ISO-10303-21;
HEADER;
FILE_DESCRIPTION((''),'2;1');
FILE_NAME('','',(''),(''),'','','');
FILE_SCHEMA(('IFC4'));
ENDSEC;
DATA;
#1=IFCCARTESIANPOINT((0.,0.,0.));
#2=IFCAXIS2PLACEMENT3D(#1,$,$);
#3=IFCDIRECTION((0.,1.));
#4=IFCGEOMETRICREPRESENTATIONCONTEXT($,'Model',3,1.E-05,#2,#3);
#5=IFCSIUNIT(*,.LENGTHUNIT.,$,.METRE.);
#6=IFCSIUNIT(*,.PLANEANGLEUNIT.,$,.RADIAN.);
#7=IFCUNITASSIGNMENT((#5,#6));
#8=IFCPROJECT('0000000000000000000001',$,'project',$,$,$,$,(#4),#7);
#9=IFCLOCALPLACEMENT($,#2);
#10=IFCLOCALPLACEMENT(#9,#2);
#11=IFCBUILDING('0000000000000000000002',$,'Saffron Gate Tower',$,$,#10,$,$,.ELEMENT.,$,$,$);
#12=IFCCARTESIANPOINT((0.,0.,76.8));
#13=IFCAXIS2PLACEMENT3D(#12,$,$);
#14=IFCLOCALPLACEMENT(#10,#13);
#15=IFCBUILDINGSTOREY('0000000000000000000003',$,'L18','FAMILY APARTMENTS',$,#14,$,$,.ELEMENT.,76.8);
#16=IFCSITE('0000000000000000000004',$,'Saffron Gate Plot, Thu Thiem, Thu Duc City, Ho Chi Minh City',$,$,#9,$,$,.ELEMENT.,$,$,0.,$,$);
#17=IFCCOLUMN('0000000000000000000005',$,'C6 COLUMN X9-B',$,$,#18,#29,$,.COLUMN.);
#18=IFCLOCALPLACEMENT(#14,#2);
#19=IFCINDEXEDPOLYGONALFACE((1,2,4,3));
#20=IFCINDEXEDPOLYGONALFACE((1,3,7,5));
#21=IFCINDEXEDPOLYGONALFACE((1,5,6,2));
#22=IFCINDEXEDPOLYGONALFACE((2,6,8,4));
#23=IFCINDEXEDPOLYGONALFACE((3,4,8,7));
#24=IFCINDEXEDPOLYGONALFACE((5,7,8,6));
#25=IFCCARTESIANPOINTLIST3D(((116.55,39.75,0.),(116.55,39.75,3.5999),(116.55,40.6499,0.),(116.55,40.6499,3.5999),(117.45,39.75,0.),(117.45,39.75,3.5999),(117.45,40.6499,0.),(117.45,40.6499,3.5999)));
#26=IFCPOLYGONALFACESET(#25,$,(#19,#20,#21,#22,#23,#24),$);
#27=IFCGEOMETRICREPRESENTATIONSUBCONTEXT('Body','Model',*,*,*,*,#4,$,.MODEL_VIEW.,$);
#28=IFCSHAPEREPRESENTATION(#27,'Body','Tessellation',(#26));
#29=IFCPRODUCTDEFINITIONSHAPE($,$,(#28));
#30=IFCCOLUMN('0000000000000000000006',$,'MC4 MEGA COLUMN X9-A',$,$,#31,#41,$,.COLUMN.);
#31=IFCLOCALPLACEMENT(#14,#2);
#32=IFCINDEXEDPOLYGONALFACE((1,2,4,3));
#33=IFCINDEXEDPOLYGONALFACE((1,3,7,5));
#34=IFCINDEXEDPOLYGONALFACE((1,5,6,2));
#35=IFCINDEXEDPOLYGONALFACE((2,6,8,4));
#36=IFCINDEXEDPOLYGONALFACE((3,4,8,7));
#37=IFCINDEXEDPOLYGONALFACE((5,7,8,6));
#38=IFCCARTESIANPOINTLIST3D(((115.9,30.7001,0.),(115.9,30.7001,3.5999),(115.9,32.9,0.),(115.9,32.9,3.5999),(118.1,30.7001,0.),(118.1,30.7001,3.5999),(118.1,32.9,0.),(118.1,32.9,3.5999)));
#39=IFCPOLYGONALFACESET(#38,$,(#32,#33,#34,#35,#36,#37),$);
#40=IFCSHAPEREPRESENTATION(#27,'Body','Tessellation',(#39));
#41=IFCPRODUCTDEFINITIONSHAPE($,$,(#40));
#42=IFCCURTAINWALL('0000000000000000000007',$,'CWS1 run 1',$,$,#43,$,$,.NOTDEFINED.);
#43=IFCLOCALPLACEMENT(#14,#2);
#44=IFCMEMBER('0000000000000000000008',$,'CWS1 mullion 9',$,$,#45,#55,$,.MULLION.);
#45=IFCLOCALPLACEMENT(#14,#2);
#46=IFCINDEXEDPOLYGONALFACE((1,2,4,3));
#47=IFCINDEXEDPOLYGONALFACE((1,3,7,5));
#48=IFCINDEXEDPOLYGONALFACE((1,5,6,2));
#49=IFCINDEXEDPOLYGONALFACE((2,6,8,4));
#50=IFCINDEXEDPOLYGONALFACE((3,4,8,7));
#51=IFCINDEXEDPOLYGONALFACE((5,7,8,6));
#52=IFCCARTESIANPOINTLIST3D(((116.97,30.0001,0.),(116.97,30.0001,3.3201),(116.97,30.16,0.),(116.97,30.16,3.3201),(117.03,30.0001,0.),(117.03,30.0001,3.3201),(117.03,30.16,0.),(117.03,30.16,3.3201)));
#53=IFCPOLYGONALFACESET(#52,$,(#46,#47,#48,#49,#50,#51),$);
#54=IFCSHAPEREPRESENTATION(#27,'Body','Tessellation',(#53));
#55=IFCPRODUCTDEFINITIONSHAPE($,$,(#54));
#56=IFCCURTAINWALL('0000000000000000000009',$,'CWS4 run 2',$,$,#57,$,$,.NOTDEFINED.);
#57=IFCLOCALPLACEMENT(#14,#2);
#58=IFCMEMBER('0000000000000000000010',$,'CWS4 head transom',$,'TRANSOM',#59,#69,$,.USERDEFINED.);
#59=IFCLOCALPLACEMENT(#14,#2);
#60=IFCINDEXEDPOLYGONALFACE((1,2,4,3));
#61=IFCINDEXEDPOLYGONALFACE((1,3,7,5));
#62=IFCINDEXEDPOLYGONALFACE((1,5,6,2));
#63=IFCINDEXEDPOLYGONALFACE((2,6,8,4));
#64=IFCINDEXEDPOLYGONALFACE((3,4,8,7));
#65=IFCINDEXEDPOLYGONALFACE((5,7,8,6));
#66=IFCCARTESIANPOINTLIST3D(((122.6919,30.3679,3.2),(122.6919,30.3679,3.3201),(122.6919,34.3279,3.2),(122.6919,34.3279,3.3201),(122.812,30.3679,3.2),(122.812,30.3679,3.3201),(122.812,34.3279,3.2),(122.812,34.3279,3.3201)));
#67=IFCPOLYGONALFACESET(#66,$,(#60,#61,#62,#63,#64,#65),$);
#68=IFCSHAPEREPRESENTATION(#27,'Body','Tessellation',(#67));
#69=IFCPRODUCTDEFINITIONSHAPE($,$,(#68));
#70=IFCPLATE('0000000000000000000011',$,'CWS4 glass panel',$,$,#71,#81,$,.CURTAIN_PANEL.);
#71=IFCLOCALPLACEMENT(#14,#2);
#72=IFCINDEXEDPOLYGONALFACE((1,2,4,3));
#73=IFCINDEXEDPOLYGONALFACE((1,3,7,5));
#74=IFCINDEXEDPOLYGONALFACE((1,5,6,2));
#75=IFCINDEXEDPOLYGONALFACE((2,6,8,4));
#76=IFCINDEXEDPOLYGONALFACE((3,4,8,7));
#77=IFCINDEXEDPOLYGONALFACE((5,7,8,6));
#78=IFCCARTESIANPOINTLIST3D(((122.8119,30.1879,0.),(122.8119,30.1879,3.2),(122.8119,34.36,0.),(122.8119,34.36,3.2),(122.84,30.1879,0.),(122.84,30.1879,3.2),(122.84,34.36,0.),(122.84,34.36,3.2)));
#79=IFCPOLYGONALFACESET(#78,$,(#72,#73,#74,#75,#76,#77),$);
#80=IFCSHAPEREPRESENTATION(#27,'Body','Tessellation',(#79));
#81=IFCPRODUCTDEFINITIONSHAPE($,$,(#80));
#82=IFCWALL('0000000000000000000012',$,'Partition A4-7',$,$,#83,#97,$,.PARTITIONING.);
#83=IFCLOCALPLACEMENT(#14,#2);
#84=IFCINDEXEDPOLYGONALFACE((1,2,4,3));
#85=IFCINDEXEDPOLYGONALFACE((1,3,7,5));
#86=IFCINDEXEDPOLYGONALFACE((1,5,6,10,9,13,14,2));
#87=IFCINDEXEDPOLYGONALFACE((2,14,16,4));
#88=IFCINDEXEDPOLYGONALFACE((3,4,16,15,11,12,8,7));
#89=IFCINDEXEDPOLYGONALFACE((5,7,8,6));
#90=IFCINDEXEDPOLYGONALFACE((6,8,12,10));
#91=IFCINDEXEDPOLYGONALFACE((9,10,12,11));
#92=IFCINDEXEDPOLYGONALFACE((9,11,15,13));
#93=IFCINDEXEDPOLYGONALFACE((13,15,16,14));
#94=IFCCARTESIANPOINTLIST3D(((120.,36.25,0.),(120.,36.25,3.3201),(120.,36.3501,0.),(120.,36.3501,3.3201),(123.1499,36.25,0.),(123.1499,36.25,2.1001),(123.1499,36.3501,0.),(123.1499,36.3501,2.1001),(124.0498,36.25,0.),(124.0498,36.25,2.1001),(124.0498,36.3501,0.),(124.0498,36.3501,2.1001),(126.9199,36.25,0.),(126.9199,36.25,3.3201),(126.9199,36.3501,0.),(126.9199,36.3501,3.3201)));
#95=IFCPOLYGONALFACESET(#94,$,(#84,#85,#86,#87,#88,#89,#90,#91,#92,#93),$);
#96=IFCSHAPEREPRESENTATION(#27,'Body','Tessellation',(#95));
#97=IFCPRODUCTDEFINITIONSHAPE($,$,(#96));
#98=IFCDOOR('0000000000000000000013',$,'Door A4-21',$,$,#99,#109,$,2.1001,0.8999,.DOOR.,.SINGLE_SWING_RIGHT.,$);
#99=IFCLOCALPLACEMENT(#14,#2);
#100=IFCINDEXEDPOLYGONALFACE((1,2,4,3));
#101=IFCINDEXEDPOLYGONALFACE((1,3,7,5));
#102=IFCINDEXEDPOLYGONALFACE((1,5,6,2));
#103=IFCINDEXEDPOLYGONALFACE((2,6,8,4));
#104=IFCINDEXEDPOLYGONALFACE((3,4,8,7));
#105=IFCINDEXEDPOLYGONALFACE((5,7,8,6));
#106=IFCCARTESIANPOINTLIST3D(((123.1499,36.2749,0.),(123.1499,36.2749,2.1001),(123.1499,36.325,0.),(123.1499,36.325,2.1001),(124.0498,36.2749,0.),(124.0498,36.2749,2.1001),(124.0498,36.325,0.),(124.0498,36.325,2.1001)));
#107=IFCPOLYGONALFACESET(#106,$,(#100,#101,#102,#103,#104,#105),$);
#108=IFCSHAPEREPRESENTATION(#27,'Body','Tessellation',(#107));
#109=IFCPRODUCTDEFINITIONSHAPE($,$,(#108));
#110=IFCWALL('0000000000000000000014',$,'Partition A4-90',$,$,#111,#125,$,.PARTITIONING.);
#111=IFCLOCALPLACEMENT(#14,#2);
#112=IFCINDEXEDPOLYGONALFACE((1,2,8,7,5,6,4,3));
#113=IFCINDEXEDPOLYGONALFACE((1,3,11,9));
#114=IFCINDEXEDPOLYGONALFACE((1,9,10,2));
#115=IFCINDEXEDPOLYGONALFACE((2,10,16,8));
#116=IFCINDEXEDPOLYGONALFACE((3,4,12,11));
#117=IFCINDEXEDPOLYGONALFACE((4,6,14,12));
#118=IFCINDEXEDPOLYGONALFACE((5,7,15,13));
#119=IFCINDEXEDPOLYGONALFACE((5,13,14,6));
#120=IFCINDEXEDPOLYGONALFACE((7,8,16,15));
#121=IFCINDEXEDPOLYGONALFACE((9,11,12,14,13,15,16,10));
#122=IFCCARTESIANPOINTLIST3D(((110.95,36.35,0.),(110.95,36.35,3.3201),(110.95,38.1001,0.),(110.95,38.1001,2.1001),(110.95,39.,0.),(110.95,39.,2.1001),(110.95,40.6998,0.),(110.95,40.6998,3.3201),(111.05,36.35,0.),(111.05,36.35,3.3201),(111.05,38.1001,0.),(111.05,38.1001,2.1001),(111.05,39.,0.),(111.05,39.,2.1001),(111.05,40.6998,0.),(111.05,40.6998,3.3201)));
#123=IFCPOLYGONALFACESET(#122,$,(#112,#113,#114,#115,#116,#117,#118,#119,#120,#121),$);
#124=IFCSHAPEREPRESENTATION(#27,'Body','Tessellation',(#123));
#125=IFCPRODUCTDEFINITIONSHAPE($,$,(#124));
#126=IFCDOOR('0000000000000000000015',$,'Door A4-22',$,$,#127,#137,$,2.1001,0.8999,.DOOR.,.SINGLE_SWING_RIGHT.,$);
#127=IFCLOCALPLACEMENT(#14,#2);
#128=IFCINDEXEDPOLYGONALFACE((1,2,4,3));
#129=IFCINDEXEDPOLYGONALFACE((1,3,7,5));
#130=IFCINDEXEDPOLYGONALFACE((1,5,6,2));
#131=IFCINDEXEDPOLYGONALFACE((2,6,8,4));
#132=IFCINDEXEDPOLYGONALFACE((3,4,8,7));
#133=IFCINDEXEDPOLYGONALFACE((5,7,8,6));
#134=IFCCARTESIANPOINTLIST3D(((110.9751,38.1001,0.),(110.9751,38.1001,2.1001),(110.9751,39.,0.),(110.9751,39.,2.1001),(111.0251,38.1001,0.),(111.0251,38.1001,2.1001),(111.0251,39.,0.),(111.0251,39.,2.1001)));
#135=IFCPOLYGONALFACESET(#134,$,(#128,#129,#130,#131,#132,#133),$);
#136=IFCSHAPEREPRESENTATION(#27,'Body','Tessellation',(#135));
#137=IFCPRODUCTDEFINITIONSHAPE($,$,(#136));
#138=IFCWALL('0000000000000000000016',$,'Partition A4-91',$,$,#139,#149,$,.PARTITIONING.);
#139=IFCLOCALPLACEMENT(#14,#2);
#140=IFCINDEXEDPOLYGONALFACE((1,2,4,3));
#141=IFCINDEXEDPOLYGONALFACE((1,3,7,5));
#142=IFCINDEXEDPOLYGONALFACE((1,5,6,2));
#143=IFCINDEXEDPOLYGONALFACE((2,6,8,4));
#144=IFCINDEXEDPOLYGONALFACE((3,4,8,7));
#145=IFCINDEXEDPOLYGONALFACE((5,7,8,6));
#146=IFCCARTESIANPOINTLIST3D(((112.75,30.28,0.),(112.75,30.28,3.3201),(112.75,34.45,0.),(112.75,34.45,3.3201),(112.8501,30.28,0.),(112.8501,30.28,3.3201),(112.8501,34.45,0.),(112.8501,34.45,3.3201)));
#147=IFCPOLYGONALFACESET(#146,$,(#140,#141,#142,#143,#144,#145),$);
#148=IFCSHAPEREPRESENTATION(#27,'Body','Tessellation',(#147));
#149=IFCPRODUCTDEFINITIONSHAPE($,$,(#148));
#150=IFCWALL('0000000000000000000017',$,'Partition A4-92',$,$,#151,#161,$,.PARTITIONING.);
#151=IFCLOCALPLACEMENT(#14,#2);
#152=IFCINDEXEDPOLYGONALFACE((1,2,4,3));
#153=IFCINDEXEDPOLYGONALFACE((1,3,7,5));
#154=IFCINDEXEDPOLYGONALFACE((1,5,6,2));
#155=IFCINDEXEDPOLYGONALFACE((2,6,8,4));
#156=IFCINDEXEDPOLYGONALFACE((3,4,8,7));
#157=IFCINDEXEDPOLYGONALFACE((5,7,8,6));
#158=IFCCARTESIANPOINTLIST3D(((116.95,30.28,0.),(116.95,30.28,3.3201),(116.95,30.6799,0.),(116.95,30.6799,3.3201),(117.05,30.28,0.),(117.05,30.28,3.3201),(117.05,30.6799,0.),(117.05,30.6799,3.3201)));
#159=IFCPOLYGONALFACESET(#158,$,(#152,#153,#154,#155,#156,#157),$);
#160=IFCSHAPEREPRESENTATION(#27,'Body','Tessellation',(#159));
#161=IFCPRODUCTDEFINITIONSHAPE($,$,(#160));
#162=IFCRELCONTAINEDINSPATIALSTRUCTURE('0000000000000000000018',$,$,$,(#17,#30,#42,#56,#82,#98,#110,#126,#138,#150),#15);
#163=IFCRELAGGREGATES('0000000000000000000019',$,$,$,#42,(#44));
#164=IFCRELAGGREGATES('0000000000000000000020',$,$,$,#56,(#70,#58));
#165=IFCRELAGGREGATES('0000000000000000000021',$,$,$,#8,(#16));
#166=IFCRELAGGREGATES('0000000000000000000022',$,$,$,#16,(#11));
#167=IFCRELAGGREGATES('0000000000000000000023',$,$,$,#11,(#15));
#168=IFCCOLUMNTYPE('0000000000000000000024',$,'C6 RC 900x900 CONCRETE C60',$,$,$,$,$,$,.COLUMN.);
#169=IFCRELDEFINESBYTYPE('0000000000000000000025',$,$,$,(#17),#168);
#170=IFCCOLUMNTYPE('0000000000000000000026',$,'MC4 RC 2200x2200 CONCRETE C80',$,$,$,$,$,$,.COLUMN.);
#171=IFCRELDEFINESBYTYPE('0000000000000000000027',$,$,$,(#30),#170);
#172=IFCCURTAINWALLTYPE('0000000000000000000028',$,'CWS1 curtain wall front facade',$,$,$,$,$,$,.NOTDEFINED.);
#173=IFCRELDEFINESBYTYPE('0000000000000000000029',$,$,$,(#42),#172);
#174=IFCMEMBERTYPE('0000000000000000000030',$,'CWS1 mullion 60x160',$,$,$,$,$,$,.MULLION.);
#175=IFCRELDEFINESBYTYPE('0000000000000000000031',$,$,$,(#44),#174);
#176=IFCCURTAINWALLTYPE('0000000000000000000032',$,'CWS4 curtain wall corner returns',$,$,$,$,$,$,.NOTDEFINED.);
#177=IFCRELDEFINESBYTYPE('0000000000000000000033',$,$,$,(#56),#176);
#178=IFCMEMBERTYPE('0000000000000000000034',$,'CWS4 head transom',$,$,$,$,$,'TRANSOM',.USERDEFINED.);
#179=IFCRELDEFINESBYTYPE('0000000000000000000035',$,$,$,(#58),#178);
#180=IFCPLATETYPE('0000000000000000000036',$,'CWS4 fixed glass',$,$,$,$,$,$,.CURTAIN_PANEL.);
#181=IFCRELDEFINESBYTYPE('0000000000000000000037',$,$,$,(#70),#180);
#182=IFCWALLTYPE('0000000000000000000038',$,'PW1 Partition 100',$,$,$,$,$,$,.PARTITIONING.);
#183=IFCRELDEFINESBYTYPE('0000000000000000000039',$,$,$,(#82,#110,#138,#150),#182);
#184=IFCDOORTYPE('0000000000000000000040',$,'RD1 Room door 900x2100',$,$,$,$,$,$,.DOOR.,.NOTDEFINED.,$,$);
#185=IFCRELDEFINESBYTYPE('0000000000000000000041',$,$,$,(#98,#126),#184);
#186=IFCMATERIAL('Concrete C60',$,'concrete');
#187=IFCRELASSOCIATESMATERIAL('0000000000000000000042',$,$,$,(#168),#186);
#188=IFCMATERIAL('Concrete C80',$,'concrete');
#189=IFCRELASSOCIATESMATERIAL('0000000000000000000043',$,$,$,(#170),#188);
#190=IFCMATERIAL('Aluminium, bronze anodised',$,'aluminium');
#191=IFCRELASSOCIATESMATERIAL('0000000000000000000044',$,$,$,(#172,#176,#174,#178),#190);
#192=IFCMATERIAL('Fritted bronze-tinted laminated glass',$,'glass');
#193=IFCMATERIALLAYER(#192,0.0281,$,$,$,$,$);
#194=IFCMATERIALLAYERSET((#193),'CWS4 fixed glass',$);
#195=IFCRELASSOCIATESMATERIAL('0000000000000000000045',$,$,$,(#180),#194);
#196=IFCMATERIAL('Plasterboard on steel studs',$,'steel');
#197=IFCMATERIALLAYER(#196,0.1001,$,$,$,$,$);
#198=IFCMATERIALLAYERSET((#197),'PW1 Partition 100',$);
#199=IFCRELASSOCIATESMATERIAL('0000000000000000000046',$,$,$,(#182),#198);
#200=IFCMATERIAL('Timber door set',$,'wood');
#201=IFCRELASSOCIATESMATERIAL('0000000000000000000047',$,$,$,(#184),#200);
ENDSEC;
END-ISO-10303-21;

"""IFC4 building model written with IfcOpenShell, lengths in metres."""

from ifc_helpers import new_model, si_unit, direction, frame, frame_2d, origin, origin_2d, place, context, subcontext, project, spatial, rectangle, extrude, material, layer, layer_set, material_profile, profile_set, type_object, element, fill, aggregate, save


model = new_model("IFC4")

# Units and contexts
model_context = context("Model", 3, precision=1e-05, world=origin(), true_north=direction((0.0, 1.0)))
body_context = subcontext(model_context, "Body", "Model", "MODEL_VIEW")
ifc_project = project(units=[si_unit("LENGTHUNIT", "METRE"), si_unit("PLANEANGLEUNIT", "RADIAN")], contexts=[model_context])

# Site, building, storey
site_placement = place(None, origin())
site = spatial("IfcSite", under=ifc_project, at=site_placement, Name="Saffron Gate Plot, Thu Thiem, Thu Duc City, Ho Chi Minh City", CompositionType="ELEMENT", RefElevation=0.0)
building_placement = place(site_placement, origin())
building = spatial("IfcBuilding", under=site, at=building_placement, Name="Saffron Gate Tower", CompositionType="ELEMENT")
storey_placement = place(building_placement, frame((0.0, 0.0, 76.8)))
storey = spatial("IfcBuildingStorey", under=building, at=storey_placement, Name="L18", Description="FAMILY APARTMENTS", CompositionType="ELEMENT", Elevation=76.8)

# Columns
ifc_material_1 = material(Name="Concrete C60", Category="concrete")
ifc_material_profile_1 = material_profile(ifc_material_1, rectangle(XDim=0.8999, YDim=0.8999, at=origin_2d()))
ifc_profile_set_1 = profile_set([ifc_material_profile_1], Name="Concrete C60")
column_type_1 = type_object("IfcColumnType", Name="C6 RC 900x900 CONCRETE C60", PredefinedType="COLUMN", material=ifc_profile_set_1)
column_1_placement = place(storey_placement, frame((117.0, 40.2, 0.0), z_axis=(0.0, 0.0, 1.0), x_axis=(1.0, 0.0, 0.0)))
element("IfcColumn", 1, at=column_1_placement, inside=storey, type_object=column_type_1, Name="C6 COLUMN X9-B", PredefinedType="COLUMN", context=body_context, shape_type="SweptSolid", body=[
    extrude(rectangle(XDim=0.8999, YDim=0.8999, at=origin_2d()), origin(), (0.0, 0.0, 1.0), 3.5999),
])
ifc_material_2 = material(Name="Concrete C80", Category="concrete")
ifc_material_profile_2 = material_profile(ifc_material_2, rectangle(XDim=2.2, YDim=2.2, at=origin_2d()))
ifc_profile_set_2 = profile_set([ifc_material_profile_2], Name="Concrete C80")
column_type_2 = type_object("IfcColumnType", Name="MC4 RC 2200x2200 CONCRETE C80", PredefinedType="COLUMN", material=ifc_profile_set_2)
column_2_placement = place(storey_placement, frame((117.0, 31.8, 0.0), z_axis=(0.0, 0.0, 1.0), x_axis=(1.0, 0.0, 0.0)))
element("IfcColumn", 2, at=column_2_placement, inside=storey, type_object=column_type_2, Name="MC4 MEGA COLUMN X9-A", PredefinedType="COLUMN", context=body_context, shape_type="SweptSolid", body=[
    extrude(rectangle(XDim=2.2, YDim=2.2, at=origin_2d()), origin(), (0.0, 0.0, 1.0), 3.5999),
])

# Curtain wall, member
ifc_material_3 = material(Name="Aluminium, bronze anodised", Category="aluminium")
curtain_wall_type_1 = type_object("IfcCurtainWallType", Name="CWS1 curtain wall front facade", PredefinedType="NOTDEFINED", material=ifc_material_3)
curtain_wall_1_placement = place(storey_placement, origin())
curtain_wall_1 = element("IfcCurtainWall", 3, at=curtain_wall_1_placement, inside=storey, type_object=curtain_wall_type_1, Name="CWS1 run 1", PredefinedType="NOTDEFINED")
ifc_material_profile_3 = material_profile(ifc_material_3, rectangle(XDim=0.1599, YDim=0.0601, at=origin_2d()))
ifc_profile_set_3 = profile_set([ifc_material_profile_3], Name="Aluminium, bronze anodised")
member_type_1 = type_object("IfcMemberType", Name="CWS1 mullion 60x160", PredefinedType="MULLION", material=ifc_profile_set_3)
member_1_placement = place(storey_placement, frame((117.0, 30.0801, 0.0), z_axis=(0.0, 0.0, 1.0), x_axis=(0.0, 1.0, 0.0)))
member_1 = element("IfcMember", 4, at=member_1_placement, type_object=member_type_1, Name="CWS1 mullion 9", PredefinedType="MULLION", context=body_context, shape_type="SweptSolid", body=[
    extrude(rectangle(XDim=0.1599, YDim=0.0601, at=origin_2d()), origin(), (0.0, 0.0, 1.0), 3.3201),
])
aggregate(curtain_wall_1, [member_1])

# Curtain wall, member, plate
curtain_wall_type_2 = type_object("IfcCurtainWallType", Name="CWS4 curtain wall corner returns", PredefinedType="NOTDEFINED", material=ifc_material_3)
curtain_wall_2_placement = place(storey_placement, origin())
curtain_wall_2 = element("IfcCurtainWall", 5, at=curtain_wall_2_placement, inside=storey, type_object=curtain_wall_type_2, Name="CWS4 run 2", PredefinedType="NOTDEFINED")
ifc_material_profile_4 = material_profile(ifc_material_3, rectangle(XDim=0.1201, YDim=0.1201, at=origin_2d()))
ifc_profile_set_4 = profile_set([ifc_material_profile_4], Name="Aluminium, bronze anodised")
member_type_2 = type_object("IfcMemberType", Name="CWS4 head transom", ElementType="TRANSOM", PredefinedType="USERDEFINED", material=ifc_profile_set_4)
member_2_placement = place(storey_placement, frame((122.752, 30.3679, 3.26), z_axis=(0.0, 1.0, 0.0), x_axis=(-1.0, 0.0, 0.0)))
member_2 = element("IfcMember", 6, at=member_2_placement, type_object=member_type_2, Name="CWS4 head transom", ObjectType="TRANSOM", PredefinedType="USERDEFINED", context=body_context, shape_type="SweptSolid", body=[
    extrude(rectangle(XDim=0.1201, YDim=0.1201, at=origin_2d()), origin(), (0.0, 0.0, 1.0), 3.96),
])
ifc_material_4 = material(Name="Fritted bronze-tinted laminated glass", Category="glass")
ifc_layer_1 = layer(ifc_material_4, 0.0281)
ifc_layer_set_1 = layer_set([ifc_layer_1], Name="CWS4 fixed glass")
plate_type = type_object("IfcPlateType", Name="CWS4 fixed glass", PredefinedType="CURTAIN_PANEL", material=ifc_layer_set_1)
plate_placement = place(storey_placement, frame((122.8259, 30.188, 0.0), z_axis=(0.0, 0.0, 1.0), x_axis=(0.0, 1.0, 0.0)))
plate = element("IfcPlate", 7, at=plate_placement, type_object=plate_type, Name="CWS4 glass panel", PredefinedType="CURTAIN_PANEL", context=body_context, shape_type="SweptSolid", body=[
    extrude(rectangle(XDim=4.1721, YDim=0.0281, at=frame_2d((2.0859, 0.0))), origin(), (0.0, 0.0, 1.0), 3.2),
])
aggregate(curtain_wall_2, [plate, member_2])

# Walls, openings, doors
ifc_material_5 = material(Name="Plasterboard on steel studs", Category="steel")
ifc_layer_2 = layer(ifc_material_5, 0.1001)
ifc_layer_set_2 = layer_set([ifc_layer_2], Name="PW1 Partition 100")
wall_type = type_object("IfcWallType", Name="PW1 Partition 100", PredefinedType="PARTITIONING", material=ifc_layer_set_2)
wall_1_placement = place(storey_placement, frame((120.0, 36.3, 0.0), z_axis=(0.0, 0.0, 1.0), x_axis=(1.0, 0.0, 0.0)))
wall_1 = element("IfcWall", 8, at=wall_1_placement, inside=storey, type_object=wall_type, Name="Partition A4-7", PredefinedType="PARTITIONING", context=body_context, shape_type="SweptSolid", body=[
    extrude(rectangle(XDim=6.9199, YDim=0.1001, at=frame_2d((3.46, 0.0))), origin(), (0.0, 0.0, 1.0), 3.3201),
])
opening_1_placement = place(wall_1_placement, frame((3.1499, 0.0, 0.0)))
opening_1 = element("IfcOpeningElement", 9, at=opening_1_placement, cuts=wall_1, PredefinedType="OPENING", context=body_context, shape_type="SweptSolid", body=[
    extrude(rectangle(XDim=0.8999, YDim=2.1001, at=frame_2d((0.45, 1.05))), frame((0.0, 0.0601, 0.0), z_axis=(0.0, -1.0, 0.0), x_axis=(1.0, 0.0, 0.0)), (0.0, 0.0, 1.0), 0.1201),
])
ifc_material_6 = material(Name="Timber door set", Category="wood")
door_type = type_object("IfcDoorType", Name="RD1 Room door 900x2100", OperationType="NOTDEFINED", PredefinedType="DOOR", material=ifc_material_6)
door_1_placement = place(opening_1_placement, origin())
door_1 = element("IfcDoor", 10, at=door_1_placement, inside=storey, type_object=door_type, Name="Door A4-21", OperationType="SINGLE_SWING_RIGHT", OverallHeight=2.1001, OverallWidth=0.8999, PredefinedType="DOOR", context=body_context, shape_type="SweptSolid", body=[
    extrude(rectangle(XDim=0.8999, YDim=2.1001, at=frame_2d((0.45, 1.05))), frame((0.0, 0.0249, 0.0), z_axis=(0.0, -1.0, 0.0), x_axis=(1.0, 0.0, 0.0)), (0.0, 0.0, 1.0), 0.05),
])
fill(opening_1, door_1)
wall_2_placement = place(storey_placement, frame((111.0, 36.3501, 0.0), z_axis=(0.0, 0.0, 1.0), x_axis=(0.0, 1.0, 0.0)))
wall_2 = element("IfcWall", 11, at=wall_2_placement, inside=storey, type_object=wall_type, Name="Partition A4-90", PredefinedType="PARTITIONING", context=body_context, shape_type="SweptSolid", body=[
    extrude(rectangle(XDim=4.3499, YDim=0.1001, at=frame_2d((2.1748, 0.0))), origin(), (0.0, 0.0, 1.0), 3.3201),
])
opening_2_placement = place(wall_2_placement, frame((1.75, 0.0, 0.0)))
opening_2 = element("IfcOpeningElement", 12, at=opening_2_placement, cuts=wall_2, PredefinedType="OPENING", context=body_context, shape_type="SweptSolid", body=[
    extrude(rectangle(XDim=0.8999, YDim=2.1001, at=frame_2d((0.45, 1.05))), frame((0.0, 0.0601, 0.0), z_axis=(0.0, -1.0, 0.0), x_axis=(1.0, 0.0, 0.0)), (0.0, 0.0, 1.0), 0.1201),
])
door_2_placement = place(opening_2_placement, origin())
door_2 = element("IfcDoor", 13, at=door_2_placement, inside=storey, type_object=door_type, Name="Door A4-22", OperationType="SINGLE_SWING_RIGHT", OverallHeight=2.1001, OverallWidth=0.8999, PredefinedType="DOOR", context=body_context, shape_type="SweptSolid", body=[
    extrude(rectangle(XDim=0.8999, YDim=2.1001, at=frame_2d((0.45, 1.05))), frame((0.0, 0.0249, 0.0), z_axis=(0.0, -1.0, 0.0), x_axis=(1.0, 0.0, 0.0)), (0.0, 0.0, 1.0), 0.05),
])
fill(opening_2, door_2)

# Walls
wall_3_placement = place(storey_placement, frame((112.8, 34.45, 0.0), z_axis=(0.0, 0.0, 1.0), x_axis=(0.0, -1.0, 0.0)))
element("IfcWall", 14, at=wall_3_placement, inside=storey, type_object=wall_type, Name="Partition A4-91", PredefinedType="PARTITIONING", context=body_context, shape_type="SweptSolid", body=[
    extrude(rectangle(XDim=4.1699, YDim=0.1001, at=frame_2d((2.085, 0.0))), origin(), (0.0, 0.0, 1.0), 3.3201),
])
wall_4_placement = place(storey_placement, frame((117.0, 30.6799, 0.0), z_axis=(0.0, 0.0, 1.0), x_axis=(0.0, -1.0, 0.0)))
element("IfcWall", 15, at=wall_4_placement, inside=storey, type_object=wall_type, Name="Partition A4-92", PredefinedType="PARTITIONING", context=body_context, shape_type="SweptSolid", body=[
    extrude(rectangle(XDim=0.3999, YDim=0.1001, at=frame_2d((0.2, 0.0))), origin(), (0.0, 0.0, 1.0), 3.3201),
])

save(model, "model.ifc")
